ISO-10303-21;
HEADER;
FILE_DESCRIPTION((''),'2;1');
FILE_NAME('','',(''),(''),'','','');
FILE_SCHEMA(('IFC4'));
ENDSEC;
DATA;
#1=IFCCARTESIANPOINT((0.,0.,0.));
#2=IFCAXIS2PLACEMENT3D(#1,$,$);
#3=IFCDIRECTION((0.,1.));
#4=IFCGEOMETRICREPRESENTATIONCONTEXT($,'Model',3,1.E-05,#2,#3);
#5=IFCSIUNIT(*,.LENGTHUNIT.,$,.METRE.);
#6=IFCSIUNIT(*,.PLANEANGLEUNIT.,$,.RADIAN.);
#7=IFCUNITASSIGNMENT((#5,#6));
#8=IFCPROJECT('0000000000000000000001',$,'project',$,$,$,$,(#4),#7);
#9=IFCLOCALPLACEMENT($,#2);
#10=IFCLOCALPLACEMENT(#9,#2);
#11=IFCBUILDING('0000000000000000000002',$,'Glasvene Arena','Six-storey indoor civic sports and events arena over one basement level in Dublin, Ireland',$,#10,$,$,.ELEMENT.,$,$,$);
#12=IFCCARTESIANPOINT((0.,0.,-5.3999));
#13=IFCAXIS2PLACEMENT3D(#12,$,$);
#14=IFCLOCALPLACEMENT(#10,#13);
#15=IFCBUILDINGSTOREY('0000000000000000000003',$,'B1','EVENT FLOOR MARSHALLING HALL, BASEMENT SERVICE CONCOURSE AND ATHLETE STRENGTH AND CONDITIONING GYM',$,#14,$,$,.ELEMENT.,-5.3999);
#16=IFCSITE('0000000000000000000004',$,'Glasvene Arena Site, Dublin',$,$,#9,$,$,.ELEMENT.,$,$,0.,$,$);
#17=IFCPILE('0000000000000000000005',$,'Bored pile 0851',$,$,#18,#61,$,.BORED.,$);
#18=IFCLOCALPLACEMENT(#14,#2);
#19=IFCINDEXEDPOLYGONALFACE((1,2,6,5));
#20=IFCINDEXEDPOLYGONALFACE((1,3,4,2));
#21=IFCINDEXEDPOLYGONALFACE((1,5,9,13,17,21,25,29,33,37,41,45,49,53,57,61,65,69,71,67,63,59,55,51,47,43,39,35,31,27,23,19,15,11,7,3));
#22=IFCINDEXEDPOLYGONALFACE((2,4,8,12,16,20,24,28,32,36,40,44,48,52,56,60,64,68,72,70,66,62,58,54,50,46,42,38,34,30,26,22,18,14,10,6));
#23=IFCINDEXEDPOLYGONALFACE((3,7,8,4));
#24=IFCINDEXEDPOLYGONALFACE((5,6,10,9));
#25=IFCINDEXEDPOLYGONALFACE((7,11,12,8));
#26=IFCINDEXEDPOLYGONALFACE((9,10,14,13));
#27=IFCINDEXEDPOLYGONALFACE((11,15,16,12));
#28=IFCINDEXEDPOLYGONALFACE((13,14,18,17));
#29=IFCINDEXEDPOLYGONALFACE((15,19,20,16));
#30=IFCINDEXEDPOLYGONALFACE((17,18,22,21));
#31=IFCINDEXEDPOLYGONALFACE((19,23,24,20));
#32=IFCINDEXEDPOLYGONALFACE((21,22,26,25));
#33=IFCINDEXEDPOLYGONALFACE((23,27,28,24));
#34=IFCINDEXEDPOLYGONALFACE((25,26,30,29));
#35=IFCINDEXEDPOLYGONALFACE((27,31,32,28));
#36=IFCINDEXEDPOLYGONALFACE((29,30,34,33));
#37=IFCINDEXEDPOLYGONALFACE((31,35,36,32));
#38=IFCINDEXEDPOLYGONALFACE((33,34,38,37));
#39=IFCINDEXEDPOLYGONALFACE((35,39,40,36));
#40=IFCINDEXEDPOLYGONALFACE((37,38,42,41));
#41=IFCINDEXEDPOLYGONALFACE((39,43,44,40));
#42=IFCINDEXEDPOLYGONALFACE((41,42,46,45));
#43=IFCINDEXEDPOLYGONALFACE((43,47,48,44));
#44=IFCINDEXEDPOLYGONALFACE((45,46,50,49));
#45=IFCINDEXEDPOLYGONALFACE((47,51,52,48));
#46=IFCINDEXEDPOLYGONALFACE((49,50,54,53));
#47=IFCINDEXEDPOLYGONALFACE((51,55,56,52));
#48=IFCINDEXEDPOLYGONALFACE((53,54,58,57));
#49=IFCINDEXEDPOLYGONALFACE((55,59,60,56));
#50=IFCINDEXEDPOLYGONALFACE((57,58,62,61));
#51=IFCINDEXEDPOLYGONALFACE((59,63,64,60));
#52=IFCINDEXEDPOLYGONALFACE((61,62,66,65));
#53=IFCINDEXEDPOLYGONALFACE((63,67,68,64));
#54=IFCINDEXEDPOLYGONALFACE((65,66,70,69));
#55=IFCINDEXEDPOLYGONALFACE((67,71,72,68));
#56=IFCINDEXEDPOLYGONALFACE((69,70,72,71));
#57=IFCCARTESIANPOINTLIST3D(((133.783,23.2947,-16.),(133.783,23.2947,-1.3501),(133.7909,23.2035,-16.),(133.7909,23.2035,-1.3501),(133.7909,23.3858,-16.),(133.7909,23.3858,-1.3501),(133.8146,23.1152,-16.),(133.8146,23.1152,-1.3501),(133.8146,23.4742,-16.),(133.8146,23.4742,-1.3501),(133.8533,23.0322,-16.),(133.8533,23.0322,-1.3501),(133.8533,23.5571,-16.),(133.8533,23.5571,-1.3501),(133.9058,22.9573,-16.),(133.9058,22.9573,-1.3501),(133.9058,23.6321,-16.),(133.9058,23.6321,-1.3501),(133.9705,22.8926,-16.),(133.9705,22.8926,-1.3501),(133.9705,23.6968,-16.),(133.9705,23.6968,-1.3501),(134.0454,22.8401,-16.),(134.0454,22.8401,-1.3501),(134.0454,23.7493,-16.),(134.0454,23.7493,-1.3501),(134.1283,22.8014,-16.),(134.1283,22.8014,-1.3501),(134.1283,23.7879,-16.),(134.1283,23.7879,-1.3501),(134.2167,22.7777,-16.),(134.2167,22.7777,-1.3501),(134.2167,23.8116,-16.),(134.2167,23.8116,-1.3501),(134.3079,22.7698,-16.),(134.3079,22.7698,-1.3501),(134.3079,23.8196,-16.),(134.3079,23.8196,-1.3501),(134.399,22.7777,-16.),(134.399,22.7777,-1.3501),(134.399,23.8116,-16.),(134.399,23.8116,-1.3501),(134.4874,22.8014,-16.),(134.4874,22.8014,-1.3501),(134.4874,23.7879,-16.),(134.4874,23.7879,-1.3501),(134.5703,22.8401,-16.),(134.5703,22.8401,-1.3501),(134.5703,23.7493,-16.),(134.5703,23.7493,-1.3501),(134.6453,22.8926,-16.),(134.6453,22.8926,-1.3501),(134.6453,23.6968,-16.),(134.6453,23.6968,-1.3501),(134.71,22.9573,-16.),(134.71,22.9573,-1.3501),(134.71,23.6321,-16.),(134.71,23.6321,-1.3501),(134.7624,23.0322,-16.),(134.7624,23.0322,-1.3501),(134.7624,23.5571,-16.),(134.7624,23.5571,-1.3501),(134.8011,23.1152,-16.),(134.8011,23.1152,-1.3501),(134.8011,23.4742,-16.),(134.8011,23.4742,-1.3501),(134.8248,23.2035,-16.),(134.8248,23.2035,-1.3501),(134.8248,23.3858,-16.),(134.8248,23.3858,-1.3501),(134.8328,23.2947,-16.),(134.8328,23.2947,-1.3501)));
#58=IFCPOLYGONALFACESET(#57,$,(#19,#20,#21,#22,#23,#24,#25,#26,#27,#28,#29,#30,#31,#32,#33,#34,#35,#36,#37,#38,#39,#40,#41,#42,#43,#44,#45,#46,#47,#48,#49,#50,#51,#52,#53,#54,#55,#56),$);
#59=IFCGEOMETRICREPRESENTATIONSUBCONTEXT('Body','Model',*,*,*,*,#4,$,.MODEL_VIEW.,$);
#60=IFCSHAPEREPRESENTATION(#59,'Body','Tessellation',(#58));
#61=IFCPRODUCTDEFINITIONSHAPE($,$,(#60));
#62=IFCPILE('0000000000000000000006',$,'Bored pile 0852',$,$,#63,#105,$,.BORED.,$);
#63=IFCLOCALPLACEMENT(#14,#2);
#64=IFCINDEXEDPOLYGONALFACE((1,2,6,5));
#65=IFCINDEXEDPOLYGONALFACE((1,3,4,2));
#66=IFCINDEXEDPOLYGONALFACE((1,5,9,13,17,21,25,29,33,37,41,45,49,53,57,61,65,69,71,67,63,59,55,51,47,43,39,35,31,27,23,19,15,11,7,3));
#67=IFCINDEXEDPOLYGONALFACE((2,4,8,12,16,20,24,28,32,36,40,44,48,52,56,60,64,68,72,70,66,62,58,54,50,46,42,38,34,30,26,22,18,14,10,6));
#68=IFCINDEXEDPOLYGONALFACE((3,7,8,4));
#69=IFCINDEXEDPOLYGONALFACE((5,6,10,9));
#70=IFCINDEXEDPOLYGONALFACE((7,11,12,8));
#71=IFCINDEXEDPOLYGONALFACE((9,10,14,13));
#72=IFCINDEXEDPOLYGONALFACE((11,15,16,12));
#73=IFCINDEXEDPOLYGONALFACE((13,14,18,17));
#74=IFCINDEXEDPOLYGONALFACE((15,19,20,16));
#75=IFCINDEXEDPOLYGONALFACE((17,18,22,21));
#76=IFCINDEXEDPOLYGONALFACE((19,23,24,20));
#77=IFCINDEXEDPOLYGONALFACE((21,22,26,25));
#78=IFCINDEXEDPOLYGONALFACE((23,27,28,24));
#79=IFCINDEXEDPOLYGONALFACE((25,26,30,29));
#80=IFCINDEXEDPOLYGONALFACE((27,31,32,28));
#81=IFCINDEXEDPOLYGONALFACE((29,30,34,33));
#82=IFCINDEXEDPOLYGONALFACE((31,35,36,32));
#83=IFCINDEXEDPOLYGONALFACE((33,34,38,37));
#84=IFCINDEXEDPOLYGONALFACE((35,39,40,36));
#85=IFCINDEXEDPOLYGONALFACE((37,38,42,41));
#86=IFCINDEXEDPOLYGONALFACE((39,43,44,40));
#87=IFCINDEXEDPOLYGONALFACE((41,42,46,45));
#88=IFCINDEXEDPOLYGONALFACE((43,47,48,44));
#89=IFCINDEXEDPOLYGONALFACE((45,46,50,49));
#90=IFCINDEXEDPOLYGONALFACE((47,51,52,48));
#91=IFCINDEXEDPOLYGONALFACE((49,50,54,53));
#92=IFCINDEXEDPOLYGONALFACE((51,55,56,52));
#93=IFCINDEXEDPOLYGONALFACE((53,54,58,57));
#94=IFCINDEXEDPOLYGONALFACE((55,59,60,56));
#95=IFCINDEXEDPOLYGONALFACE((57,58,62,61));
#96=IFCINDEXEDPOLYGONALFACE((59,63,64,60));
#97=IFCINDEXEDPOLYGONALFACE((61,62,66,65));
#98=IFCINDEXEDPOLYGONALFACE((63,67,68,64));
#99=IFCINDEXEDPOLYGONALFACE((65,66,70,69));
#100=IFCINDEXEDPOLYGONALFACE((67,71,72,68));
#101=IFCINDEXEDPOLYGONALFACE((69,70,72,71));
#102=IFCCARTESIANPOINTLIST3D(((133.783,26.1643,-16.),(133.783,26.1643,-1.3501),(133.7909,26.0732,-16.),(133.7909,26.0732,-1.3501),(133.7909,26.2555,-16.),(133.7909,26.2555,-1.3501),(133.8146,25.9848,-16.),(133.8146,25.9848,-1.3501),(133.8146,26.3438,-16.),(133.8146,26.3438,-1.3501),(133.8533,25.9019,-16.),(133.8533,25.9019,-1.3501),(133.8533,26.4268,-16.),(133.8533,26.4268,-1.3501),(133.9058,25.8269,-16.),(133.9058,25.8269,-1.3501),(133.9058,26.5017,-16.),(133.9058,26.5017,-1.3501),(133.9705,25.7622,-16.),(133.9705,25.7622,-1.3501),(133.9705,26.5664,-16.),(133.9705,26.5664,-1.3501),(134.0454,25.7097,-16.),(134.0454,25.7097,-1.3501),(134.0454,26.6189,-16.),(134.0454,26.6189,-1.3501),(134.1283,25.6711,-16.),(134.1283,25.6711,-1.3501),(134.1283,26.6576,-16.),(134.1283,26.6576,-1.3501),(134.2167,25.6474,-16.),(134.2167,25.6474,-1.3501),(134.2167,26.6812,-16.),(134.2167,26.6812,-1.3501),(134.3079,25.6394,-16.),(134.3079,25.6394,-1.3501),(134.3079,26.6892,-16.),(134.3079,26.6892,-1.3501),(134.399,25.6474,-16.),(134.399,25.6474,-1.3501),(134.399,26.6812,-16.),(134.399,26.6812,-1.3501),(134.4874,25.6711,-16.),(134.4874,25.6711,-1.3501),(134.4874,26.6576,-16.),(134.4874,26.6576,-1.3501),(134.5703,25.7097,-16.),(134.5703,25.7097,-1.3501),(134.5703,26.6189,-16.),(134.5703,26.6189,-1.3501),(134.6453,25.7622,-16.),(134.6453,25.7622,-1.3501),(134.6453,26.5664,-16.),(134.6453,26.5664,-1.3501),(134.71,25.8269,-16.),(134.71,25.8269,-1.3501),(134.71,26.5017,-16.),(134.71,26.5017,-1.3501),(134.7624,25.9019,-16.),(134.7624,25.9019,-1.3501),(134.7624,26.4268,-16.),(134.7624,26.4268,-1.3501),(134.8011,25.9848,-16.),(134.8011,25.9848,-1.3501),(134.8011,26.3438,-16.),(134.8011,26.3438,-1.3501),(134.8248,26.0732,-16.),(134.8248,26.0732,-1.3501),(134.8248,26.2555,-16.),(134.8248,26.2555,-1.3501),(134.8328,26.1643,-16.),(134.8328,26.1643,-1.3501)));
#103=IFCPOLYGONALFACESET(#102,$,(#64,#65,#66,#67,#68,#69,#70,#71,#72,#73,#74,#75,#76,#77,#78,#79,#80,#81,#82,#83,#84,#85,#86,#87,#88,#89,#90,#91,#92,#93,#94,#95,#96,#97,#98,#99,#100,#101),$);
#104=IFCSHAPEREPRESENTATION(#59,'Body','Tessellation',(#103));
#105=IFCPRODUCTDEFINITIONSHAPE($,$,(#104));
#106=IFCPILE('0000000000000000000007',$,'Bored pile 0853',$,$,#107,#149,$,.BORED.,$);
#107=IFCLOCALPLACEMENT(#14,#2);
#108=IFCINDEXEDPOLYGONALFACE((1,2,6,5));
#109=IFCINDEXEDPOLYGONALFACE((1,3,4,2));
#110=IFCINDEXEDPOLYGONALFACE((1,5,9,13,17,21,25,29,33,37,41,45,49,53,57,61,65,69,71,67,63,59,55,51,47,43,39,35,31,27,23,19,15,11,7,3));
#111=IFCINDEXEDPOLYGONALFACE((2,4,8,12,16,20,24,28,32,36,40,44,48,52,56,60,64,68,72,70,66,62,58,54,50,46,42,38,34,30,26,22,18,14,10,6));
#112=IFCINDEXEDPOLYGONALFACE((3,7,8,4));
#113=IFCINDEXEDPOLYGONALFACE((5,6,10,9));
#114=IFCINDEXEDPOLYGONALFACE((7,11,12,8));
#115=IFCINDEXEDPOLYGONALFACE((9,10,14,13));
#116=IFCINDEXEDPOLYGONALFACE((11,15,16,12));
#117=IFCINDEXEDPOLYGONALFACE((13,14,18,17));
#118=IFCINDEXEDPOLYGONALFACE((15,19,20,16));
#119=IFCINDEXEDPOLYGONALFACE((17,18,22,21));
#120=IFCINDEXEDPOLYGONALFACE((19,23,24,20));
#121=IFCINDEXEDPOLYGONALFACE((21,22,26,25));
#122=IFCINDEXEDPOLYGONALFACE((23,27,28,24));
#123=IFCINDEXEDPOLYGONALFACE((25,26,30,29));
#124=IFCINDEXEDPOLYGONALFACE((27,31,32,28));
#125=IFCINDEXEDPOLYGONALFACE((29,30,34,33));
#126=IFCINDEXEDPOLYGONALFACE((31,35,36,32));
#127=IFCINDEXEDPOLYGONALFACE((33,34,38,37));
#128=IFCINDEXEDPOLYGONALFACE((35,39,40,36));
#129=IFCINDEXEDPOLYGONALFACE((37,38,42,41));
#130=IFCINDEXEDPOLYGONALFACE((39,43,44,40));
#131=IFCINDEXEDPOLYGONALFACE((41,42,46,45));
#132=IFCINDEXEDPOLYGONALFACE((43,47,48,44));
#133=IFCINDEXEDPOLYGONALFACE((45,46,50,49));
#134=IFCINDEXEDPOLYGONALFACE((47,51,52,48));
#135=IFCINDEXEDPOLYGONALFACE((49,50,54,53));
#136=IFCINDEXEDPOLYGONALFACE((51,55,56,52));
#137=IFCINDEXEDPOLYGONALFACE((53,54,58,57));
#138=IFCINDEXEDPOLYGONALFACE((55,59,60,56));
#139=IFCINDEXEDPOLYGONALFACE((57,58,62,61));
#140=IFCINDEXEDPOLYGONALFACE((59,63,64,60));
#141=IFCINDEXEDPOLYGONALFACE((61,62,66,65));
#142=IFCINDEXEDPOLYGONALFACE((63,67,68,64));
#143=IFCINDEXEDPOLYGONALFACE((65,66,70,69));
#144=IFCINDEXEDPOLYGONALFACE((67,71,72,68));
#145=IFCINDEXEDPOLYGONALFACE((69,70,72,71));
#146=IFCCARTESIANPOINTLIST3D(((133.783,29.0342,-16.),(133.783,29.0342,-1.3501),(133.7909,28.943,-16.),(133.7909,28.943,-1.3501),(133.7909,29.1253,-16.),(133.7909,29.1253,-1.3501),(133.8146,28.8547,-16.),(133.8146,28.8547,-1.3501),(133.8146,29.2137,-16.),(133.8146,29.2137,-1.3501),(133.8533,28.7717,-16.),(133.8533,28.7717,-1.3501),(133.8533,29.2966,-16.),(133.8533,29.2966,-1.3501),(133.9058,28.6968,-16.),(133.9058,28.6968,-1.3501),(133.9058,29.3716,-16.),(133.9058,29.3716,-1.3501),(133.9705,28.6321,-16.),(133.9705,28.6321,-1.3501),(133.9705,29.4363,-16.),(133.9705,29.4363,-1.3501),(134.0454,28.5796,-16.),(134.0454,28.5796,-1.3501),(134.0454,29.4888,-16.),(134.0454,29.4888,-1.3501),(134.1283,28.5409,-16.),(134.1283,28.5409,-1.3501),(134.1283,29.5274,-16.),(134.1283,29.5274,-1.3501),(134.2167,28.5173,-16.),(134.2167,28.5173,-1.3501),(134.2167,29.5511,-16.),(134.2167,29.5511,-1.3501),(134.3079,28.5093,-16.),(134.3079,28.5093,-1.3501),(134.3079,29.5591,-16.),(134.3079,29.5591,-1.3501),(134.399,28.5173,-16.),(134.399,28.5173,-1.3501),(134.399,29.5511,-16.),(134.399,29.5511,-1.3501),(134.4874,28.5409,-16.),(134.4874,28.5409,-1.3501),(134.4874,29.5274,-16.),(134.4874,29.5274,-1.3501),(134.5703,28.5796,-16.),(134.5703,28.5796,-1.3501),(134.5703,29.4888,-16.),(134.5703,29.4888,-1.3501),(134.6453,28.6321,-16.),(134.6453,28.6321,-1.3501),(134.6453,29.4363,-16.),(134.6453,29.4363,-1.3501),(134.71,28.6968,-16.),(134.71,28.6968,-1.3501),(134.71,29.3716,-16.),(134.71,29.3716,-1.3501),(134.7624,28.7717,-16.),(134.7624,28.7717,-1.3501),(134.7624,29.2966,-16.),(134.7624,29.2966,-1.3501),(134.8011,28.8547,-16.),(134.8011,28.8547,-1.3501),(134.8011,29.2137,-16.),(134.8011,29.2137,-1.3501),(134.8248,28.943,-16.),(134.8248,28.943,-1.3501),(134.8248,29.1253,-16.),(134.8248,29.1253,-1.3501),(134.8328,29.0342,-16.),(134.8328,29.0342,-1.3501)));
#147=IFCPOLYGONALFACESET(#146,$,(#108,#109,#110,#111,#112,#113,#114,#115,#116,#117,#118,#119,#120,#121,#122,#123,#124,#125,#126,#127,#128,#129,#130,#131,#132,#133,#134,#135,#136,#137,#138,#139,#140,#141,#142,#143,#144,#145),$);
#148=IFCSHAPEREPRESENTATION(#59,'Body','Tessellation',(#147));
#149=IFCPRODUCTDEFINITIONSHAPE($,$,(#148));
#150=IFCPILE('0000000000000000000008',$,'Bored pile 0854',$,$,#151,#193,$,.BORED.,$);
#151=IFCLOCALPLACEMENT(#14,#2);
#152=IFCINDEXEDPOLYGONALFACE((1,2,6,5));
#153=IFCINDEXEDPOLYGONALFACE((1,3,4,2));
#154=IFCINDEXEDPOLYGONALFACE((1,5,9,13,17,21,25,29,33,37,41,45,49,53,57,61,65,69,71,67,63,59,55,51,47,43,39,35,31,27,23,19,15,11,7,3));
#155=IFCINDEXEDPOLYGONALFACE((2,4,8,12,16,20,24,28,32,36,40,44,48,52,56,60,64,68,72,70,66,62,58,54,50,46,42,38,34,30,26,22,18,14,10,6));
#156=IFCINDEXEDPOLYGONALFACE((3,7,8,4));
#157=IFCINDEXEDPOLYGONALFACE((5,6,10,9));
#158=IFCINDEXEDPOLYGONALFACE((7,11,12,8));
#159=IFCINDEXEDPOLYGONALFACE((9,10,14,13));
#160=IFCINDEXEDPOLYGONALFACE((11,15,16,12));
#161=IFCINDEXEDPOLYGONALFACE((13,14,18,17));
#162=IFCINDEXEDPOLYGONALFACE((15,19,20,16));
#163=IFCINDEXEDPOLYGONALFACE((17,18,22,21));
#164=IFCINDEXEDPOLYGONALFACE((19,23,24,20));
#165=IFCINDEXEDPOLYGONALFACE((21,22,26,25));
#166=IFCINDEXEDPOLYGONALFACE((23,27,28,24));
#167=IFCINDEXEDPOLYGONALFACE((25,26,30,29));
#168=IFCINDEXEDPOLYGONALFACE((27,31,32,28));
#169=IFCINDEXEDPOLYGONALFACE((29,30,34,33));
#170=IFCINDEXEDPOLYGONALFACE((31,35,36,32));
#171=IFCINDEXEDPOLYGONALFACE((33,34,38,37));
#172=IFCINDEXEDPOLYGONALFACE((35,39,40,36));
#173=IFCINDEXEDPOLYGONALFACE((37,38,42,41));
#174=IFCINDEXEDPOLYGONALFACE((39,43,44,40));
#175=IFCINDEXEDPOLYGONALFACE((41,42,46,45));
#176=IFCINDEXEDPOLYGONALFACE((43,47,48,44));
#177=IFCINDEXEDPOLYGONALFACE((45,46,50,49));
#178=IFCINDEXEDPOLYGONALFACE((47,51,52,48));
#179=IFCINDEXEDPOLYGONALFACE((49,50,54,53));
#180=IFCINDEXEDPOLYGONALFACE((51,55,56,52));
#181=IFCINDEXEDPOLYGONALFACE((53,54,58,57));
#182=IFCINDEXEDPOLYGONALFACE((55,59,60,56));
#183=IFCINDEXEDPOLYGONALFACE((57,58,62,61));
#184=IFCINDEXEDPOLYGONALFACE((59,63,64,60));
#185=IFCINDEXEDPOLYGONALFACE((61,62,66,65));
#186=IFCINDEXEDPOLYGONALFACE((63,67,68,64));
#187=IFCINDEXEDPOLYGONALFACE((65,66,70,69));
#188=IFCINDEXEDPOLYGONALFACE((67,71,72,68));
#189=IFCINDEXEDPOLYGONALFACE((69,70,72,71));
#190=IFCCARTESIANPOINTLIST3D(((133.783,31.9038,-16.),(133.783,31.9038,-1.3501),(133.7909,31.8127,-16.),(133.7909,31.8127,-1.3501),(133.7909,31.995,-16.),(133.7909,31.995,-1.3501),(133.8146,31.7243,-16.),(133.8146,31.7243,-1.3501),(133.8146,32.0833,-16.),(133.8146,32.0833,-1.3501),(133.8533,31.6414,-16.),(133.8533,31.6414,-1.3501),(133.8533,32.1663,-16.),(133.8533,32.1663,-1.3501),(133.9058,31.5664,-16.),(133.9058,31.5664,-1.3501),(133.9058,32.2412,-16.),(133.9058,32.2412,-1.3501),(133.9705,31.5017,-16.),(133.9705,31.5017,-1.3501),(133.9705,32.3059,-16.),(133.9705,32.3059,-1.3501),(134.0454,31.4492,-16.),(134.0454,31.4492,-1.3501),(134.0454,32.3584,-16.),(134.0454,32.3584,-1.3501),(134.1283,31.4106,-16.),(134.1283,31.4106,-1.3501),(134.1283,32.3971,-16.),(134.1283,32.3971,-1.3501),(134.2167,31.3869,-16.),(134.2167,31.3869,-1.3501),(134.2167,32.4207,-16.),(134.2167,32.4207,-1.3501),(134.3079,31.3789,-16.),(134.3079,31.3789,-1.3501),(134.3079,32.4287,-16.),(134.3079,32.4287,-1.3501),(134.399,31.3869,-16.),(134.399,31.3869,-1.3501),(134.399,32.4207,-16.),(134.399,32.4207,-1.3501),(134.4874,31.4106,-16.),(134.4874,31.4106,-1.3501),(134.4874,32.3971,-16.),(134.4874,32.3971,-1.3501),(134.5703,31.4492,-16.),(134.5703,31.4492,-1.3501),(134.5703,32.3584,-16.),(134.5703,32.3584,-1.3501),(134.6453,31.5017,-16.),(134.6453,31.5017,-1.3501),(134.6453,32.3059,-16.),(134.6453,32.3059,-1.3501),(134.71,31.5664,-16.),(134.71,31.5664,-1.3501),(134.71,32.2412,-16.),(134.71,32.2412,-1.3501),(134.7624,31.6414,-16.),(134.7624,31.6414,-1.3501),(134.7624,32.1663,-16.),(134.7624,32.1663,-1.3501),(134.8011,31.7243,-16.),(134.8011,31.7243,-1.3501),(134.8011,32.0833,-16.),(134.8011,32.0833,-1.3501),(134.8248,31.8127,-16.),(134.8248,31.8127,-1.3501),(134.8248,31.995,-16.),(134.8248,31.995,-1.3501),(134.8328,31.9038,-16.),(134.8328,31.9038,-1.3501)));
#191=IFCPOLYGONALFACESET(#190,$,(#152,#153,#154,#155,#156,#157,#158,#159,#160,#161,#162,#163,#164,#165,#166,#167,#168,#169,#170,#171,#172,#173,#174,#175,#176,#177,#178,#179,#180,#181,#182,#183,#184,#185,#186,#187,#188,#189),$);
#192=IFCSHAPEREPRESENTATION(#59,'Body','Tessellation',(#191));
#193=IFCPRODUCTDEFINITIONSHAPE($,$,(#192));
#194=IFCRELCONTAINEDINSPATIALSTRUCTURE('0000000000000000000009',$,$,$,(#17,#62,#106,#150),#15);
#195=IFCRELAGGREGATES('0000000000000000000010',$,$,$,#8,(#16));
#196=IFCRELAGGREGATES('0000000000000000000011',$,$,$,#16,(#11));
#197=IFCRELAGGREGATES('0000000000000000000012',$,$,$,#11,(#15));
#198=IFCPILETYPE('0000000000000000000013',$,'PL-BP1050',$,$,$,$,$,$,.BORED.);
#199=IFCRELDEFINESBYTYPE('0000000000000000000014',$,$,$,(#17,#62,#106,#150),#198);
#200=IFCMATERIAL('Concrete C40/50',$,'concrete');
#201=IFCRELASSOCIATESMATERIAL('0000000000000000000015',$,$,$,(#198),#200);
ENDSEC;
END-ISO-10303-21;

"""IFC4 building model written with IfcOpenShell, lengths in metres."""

from ifc_helpers import new_model, si_unit, direction, frame, origin, origin_2d, place, context, subcontext, project, spatial, circle, extrude, material, material_profile, profile_set, type_object, element, save


model = new_model("IFC4")

# Units and contexts
model_context = context("Model", 3, precision=1e-05, world=origin(), true_north=direction((0.0, 1.0)))
body_context = subcontext(model_context, "Body", "Model", "MODEL_VIEW")
ifc_project = project(units=[si_unit("LENGTHUNIT", "METRE"), si_unit("PLANEANGLEUNIT", "RADIAN")], contexts=[model_context])

# Site, building, storey
site_placement = place(None, origin())
site = spatial("IfcSite", under=ifc_project, at=site_placement, Name="Glasvene Arena Site, Dublin", CompositionType="ELEMENT", RefElevation=0.0)
building_placement = place(site_placement, origin())
building = spatial("IfcBuilding", under=site, at=building_placement, Name="Glasvene Arena", Description="Six-storey indoor civic sports and events arena over one basement level in Dublin, Ireland", CompositionType="ELEMENT")
storey_placement = place(building_placement, frame((0.0, 0.0, -5.3999)))
storey = spatial("IfcBuildingStorey", under=building, at=storey_placement, Name="B1", Description="EVENT FLOOR MARSHALLING HALL, BASEMENT SERVICE CONCOURSE AND ATHLETE STRENGTH AND CONDITIONING GYM", CompositionType="ELEMENT", Elevation=-5.3999)

# Piles
ifc_material = material(Name="Concrete C40/50", Category="concrete")
ifc_material_profile_1 = material_profile(ifc_material, circle(Radius=0.5249, at=origin_2d()), Name="BORED PILE 1050")
ifc_profile_set_1 = profile_set([ifc_material_profile_1], Name="Concrete C40/50")
pile_type = type_object("IfcPileType", Name="PL-BP1050", PredefinedType="BORED", material=ifc_profile_set_1)
for number, where, z_axis, x_axis, name in (
    (1, (134.3079, 23.2947, -1.3501), (0.0, 0.0, -1.0), (1.0, 0.0, 0.0), "Bored pile 0851"),
    (2, (134.3079, 26.1643, -1.3501), (0.0, 0.0, -1.0), (1.0, 0.0, 0.0), "Bored pile 0852"),
    (3, (134.3079, 29.0342, -1.3501), (0.0, 0.0, -1.0), (1.0, 0.0, 0.0), "Bored pile 0853"),
    (4, (134.3079, 31.9038, -1.3501), (0.0, 0.0, -1.0), (1.0, 0.0, 0.0), "Bored pile 0854"),
):
    element("IfcPile", number, at=place(storey_placement, frame(where, z_axis=z_axis, x_axis=x_axis)), inside=storey, type_object=pile_type, Name=name, PredefinedType="BORED", context=body_context, shape_type="SweptSolid", body=[
        extrude(circle(Radius=0.5249, at=origin_2d()), origin(), (0.0, 0.0, 1.0), 14.6499),
    ])

save(model, "model.ifc")
